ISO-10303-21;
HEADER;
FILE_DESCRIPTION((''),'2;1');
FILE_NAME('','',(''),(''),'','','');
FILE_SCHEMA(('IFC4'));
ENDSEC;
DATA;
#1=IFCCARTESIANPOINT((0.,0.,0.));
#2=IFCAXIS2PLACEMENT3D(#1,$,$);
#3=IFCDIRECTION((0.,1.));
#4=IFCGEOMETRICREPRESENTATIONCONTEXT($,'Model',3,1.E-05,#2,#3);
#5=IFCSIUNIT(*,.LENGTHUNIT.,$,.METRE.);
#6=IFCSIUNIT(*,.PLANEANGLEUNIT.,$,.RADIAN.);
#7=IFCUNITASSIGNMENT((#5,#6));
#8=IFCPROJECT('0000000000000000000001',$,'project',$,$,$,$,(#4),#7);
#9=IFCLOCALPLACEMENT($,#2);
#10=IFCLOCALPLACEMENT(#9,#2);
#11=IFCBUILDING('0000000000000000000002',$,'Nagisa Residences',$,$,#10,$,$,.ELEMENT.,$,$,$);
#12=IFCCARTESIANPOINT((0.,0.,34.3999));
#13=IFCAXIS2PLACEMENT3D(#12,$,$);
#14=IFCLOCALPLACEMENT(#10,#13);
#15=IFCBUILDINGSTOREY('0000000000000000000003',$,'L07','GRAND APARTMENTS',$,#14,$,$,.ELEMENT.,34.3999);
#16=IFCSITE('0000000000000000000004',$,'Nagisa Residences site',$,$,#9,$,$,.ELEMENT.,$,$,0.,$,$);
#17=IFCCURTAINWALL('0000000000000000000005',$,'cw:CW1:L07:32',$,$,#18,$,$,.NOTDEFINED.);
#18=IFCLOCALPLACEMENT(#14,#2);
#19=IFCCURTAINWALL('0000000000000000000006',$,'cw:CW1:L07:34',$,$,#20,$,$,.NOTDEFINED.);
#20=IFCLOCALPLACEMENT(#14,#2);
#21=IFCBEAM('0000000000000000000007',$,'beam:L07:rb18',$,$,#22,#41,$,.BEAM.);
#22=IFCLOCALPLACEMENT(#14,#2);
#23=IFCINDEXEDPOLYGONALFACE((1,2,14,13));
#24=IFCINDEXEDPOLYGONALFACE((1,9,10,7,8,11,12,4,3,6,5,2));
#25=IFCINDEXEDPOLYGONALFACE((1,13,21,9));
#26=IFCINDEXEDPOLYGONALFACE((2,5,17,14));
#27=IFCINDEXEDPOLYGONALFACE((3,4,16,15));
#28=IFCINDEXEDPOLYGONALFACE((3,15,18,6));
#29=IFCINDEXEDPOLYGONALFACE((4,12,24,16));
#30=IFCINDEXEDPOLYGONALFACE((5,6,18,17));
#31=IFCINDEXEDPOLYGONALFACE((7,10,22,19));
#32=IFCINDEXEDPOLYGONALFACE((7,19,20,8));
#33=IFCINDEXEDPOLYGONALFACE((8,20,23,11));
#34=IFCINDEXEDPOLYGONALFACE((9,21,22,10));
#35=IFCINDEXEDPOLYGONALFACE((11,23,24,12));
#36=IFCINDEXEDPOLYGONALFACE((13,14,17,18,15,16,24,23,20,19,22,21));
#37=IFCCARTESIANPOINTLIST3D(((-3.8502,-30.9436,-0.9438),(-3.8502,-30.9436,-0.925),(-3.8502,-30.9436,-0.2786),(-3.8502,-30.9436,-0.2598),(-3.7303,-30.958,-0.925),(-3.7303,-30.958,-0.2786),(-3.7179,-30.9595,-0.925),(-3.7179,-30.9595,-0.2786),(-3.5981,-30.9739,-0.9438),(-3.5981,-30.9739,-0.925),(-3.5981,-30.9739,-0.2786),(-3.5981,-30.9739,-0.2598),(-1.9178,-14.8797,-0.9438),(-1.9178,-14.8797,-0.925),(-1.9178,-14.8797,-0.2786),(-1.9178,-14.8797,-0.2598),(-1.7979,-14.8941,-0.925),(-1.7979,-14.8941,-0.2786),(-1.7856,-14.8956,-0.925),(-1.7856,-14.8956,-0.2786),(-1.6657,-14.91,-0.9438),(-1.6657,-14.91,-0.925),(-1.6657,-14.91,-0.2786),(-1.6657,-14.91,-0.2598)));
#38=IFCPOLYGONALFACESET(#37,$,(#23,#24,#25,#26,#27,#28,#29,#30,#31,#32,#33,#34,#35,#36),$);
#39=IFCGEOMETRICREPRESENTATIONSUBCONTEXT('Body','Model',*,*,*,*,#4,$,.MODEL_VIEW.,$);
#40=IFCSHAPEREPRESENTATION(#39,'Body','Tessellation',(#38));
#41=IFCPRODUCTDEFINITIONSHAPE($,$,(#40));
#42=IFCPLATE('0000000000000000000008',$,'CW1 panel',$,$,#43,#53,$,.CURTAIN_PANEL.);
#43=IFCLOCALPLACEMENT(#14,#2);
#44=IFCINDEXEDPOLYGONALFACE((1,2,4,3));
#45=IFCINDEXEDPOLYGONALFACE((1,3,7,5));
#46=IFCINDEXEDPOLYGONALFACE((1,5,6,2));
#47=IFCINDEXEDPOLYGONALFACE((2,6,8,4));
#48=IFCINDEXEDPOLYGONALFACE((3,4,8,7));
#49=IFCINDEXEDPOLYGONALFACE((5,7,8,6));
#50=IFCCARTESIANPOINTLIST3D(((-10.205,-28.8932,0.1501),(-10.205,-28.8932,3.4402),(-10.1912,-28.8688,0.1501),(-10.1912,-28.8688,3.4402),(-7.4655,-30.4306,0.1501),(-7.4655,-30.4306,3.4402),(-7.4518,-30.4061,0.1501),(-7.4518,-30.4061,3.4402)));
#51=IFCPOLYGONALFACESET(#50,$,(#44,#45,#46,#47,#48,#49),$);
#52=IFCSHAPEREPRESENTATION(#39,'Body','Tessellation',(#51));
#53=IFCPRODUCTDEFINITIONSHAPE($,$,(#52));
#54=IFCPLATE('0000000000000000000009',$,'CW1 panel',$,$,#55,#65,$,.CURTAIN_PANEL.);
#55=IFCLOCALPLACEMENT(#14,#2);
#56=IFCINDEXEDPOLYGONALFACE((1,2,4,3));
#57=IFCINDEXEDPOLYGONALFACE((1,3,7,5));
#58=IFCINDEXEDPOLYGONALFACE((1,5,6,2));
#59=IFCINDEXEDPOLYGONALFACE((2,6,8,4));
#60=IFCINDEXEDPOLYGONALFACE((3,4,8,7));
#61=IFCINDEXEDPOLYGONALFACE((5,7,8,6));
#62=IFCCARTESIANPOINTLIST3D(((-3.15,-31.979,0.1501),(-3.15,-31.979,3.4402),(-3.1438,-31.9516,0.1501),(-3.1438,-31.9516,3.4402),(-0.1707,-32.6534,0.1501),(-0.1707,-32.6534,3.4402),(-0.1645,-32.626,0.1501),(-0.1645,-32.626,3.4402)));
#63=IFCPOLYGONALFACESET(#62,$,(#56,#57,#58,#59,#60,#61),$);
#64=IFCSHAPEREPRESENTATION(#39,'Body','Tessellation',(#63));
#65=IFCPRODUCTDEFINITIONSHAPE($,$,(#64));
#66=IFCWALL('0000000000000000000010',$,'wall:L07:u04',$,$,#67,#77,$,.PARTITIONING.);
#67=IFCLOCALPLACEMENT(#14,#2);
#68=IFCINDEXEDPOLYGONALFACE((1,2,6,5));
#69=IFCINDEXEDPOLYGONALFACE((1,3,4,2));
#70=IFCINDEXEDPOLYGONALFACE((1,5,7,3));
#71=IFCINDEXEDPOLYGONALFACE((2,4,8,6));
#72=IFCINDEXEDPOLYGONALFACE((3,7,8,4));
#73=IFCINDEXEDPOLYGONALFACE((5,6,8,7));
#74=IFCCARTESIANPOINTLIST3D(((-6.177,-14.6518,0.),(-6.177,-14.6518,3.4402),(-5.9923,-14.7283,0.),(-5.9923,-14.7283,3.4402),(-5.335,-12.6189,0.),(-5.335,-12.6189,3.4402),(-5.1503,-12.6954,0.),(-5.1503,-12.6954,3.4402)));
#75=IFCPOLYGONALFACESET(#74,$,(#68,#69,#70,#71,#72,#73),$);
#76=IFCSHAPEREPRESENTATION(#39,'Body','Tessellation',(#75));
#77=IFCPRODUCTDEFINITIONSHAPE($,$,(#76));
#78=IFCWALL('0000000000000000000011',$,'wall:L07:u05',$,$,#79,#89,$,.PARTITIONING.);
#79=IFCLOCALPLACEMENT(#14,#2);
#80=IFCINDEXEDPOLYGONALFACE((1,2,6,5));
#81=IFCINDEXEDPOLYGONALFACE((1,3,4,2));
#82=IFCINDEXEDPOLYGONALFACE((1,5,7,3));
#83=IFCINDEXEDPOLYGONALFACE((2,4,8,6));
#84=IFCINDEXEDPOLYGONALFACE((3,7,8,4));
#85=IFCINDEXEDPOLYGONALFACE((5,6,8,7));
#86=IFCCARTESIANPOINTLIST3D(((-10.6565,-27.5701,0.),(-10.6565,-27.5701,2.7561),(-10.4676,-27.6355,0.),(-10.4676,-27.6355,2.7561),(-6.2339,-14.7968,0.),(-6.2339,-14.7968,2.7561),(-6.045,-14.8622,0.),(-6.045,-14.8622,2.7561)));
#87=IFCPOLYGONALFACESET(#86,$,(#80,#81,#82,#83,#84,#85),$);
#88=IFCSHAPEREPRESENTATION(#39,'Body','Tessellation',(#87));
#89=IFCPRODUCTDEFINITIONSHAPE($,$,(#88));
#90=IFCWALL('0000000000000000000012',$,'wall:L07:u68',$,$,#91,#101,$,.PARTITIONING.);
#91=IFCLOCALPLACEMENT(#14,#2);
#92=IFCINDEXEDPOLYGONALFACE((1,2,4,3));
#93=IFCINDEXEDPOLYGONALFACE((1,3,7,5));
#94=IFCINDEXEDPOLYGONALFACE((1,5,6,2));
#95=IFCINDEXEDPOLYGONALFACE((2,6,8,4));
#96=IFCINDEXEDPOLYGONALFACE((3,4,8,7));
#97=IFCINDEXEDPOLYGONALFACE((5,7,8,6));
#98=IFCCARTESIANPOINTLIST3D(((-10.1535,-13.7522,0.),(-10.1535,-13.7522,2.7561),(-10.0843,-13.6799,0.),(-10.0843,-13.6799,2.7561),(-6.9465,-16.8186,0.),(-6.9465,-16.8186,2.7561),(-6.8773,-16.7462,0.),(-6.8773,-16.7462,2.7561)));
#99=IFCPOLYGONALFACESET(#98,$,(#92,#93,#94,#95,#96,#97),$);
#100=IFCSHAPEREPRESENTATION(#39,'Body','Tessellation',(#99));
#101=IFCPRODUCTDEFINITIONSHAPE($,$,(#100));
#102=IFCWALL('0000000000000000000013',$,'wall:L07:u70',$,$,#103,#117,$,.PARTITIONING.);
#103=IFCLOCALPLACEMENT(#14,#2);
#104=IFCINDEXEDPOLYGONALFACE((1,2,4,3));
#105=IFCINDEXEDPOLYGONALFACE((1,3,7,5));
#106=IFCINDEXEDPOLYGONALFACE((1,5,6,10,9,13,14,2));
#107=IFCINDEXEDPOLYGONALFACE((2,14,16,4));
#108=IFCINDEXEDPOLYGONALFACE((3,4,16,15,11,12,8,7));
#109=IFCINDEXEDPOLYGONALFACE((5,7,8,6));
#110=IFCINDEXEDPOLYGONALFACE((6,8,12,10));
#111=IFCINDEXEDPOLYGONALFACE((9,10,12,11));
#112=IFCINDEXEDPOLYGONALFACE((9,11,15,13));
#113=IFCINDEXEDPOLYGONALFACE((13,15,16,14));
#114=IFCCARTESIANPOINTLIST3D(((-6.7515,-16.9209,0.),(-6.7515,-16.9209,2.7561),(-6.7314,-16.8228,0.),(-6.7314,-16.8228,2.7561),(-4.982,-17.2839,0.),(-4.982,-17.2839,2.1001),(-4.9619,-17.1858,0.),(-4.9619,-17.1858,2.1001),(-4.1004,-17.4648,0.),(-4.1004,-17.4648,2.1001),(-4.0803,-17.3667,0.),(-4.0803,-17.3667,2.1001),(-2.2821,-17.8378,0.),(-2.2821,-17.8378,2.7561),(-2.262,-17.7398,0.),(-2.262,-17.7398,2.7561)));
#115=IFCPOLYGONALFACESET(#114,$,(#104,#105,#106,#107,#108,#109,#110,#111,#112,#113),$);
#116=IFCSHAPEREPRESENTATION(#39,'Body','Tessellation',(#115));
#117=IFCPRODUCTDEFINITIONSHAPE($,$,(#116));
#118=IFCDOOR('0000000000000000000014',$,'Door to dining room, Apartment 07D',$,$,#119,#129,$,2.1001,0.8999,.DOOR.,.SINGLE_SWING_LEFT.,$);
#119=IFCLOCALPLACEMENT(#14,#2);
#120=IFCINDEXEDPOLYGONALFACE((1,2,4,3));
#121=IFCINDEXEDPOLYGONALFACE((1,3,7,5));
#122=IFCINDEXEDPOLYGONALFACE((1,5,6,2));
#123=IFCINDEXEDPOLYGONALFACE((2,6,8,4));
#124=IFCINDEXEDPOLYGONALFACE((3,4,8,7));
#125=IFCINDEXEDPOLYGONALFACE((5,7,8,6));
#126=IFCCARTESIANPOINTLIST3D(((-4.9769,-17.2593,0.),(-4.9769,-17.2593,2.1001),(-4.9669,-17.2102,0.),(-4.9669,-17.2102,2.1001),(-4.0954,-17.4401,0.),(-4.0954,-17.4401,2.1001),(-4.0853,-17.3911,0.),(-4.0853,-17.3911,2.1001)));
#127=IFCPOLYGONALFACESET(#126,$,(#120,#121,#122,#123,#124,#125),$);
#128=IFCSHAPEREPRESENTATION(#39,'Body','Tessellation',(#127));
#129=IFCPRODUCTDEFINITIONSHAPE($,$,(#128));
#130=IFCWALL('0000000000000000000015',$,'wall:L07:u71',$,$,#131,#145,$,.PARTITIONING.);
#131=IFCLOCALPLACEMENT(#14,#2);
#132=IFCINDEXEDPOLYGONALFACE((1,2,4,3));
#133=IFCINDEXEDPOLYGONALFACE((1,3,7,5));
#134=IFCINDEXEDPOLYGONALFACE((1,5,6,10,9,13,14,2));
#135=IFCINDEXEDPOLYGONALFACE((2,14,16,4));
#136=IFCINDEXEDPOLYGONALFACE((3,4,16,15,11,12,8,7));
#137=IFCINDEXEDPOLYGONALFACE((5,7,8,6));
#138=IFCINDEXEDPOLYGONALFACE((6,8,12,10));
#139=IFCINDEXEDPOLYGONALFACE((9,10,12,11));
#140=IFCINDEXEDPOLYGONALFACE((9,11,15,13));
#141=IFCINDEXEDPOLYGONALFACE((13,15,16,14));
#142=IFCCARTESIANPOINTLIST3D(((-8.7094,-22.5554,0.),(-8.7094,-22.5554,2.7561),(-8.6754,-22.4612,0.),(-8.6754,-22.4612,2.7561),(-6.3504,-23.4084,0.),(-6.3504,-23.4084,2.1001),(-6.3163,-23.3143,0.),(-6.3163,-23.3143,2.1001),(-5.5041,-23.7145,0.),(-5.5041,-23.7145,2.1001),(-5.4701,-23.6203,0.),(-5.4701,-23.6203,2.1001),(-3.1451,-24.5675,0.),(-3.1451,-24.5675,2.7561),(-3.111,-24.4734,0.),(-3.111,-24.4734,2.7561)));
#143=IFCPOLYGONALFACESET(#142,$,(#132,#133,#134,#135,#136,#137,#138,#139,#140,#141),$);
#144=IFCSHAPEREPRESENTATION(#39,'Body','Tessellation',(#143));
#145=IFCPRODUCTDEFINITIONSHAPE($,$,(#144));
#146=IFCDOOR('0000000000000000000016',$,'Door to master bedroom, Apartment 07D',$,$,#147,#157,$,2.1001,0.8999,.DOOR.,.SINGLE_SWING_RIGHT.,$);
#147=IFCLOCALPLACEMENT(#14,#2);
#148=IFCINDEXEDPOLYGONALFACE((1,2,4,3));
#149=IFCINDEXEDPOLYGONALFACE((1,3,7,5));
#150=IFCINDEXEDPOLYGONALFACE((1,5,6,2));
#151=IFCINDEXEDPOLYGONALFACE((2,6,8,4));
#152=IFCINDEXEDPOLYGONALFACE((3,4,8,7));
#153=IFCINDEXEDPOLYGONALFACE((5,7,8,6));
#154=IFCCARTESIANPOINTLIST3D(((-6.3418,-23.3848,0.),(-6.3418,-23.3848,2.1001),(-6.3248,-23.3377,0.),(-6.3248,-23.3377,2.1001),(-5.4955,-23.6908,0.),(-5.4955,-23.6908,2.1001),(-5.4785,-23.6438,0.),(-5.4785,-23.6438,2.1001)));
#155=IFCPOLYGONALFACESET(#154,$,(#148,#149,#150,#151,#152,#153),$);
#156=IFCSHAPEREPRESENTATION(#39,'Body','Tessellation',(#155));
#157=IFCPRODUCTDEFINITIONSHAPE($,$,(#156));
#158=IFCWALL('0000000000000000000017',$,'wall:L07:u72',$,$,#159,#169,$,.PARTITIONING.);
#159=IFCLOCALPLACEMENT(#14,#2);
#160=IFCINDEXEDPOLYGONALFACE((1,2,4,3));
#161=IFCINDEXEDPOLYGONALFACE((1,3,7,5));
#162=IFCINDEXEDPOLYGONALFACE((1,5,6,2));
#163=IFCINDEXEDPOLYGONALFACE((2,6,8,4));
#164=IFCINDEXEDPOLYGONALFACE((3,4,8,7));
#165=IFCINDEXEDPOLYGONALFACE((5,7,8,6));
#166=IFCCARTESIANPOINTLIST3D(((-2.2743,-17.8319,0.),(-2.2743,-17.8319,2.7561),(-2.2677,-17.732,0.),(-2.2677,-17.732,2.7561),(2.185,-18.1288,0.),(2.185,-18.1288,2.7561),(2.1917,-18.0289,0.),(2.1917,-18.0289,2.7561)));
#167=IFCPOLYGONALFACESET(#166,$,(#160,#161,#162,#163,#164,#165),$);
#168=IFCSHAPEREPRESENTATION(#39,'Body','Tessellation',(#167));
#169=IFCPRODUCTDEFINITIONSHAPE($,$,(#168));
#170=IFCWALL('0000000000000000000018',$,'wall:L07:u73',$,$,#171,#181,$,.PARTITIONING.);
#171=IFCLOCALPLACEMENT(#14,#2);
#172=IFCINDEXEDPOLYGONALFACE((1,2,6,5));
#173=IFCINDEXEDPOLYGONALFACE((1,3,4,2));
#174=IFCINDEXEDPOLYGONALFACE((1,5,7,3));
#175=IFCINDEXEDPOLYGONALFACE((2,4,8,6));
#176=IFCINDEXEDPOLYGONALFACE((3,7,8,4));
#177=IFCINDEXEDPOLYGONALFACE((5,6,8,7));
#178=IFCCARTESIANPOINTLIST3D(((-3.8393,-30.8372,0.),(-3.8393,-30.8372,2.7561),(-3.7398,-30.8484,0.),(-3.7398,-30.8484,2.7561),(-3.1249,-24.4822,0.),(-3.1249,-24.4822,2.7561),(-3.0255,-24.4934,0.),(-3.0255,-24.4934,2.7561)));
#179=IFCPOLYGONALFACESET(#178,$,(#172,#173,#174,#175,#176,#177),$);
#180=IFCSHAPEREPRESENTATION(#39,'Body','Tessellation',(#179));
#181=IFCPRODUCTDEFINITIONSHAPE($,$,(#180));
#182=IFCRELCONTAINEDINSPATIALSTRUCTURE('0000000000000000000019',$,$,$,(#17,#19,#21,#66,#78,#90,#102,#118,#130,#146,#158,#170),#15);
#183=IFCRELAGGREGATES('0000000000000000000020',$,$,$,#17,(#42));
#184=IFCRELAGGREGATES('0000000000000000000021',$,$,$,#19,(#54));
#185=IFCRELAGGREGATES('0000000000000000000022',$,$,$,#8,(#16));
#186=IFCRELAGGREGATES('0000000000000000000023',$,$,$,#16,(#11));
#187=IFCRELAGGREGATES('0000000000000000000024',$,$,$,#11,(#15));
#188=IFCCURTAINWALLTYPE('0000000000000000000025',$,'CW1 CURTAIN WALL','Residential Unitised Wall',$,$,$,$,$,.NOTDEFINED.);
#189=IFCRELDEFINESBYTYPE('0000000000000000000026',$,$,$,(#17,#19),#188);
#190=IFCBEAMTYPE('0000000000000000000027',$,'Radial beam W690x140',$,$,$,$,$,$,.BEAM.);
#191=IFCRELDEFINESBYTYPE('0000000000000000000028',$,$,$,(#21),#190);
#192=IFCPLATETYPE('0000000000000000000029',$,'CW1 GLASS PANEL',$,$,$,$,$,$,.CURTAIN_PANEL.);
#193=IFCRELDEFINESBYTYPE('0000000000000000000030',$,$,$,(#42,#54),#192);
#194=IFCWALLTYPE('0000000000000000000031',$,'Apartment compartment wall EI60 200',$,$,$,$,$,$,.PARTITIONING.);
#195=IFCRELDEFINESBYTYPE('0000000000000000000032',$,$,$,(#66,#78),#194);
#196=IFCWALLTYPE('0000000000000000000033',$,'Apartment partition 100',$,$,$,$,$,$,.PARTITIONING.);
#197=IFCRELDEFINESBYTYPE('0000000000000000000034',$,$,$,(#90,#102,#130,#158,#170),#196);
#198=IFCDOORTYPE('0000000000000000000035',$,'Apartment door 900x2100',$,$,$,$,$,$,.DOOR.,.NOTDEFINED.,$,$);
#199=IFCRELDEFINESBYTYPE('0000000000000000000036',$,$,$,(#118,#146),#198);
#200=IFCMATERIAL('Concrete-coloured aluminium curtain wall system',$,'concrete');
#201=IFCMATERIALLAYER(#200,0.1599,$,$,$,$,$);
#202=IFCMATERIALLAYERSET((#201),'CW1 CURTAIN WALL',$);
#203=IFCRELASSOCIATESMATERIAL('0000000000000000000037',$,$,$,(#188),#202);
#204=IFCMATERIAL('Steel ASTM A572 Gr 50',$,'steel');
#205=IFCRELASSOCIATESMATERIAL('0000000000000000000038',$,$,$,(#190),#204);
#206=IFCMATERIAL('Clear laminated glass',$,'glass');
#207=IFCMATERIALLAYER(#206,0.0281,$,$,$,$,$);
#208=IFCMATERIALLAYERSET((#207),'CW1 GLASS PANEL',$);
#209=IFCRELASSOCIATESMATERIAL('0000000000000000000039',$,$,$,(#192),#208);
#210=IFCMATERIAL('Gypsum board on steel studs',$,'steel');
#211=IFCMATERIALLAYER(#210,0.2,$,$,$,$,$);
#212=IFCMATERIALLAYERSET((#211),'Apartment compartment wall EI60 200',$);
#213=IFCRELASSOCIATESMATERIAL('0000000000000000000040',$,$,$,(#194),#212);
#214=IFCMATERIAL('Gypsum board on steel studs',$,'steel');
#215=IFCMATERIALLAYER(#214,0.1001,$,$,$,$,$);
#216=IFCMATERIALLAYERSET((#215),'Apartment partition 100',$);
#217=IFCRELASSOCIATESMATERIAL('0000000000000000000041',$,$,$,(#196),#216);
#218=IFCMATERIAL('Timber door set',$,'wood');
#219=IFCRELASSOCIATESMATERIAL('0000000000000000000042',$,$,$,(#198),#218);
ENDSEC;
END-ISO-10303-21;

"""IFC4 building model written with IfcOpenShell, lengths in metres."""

from ifc_helpers import new_model, si_unit, direction, frame, frame_2d, origin, origin_2d, place, context, subcontext, project, spatial, rectangle, i_section, extrude, material, layer, layer_set, material_profile, profile_set, type_object, element, fill, aggregate, save


model = new_model("IFC4")

# Units and contexts
model_context = context("Model", 3, precision=1e-05, world=origin(), true_north=direction((0.0, 1.0)))
body_context = subcontext(model_context, "Body", "Model", "MODEL_VIEW")
ifc_project = project(units=[si_unit("LENGTHUNIT", "METRE"), si_unit("PLANEANGLEUNIT", "RADIAN")], contexts=[model_context])

# Site, building, storey
site_placement = place(None, origin())
site = spatial("IfcSite", under=ifc_project, at=site_placement, Name="Nagisa Residences site", CompositionType="ELEMENT", RefElevation=0.0)
building_placement = place(site_placement, origin())
building = spatial("IfcBuilding", under=site, at=building_placement, Name="Nagisa Residences", CompositionType="ELEMENT")
storey_placement = place(building_placement, frame((0.0, 0.0, 34.3999)))
storey = spatial("IfcBuildingStorey", under=building, at=storey_placement, Name="L07", Description="GRAND APARTMENTS", CompositionType="ELEMENT", Elevation=34.3999)

# Curtain walls
ifc_material_1 = material(Name="Concrete-coloured aluminium curtain wall system", Category="concrete")
ifc_layer_1 = layer(ifc_material_1, 0.1599)
ifc_layer_set_1 = layer_set([ifc_layer_1], Name="CW1 CURTAIN WALL")
curtain_wall_type = type_object("IfcCurtainWallType", Name="CW1 CURTAIN WALL", Description="Residential Unitised Wall", PredefinedType="NOTDEFINED", material=ifc_layer_set_1)
curtain_wall_1_placement = place(storey_placement, origin())
curtain_wall_1 = element("IfcCurtainWall", 1, at=curtain_wall_1_placement, inside=storey, type_object=curtain_wall_type, Name="cw:CW1:L07:32", PredefinedType="NOTDEFINED")
curtain_wall_2_placement = place(storey_placement, origin())
curtain_wall_2 = element("IfcCurtainWall", 2, at=curtain_wall_2_placement, inside=storey, type_object=curtain_wall_type, Name="cw:CW1:L07:34", PredefinedType="NOTDEFINED")

# Beam
ifc_material_2 = material(Name="Steel ASTM A572 Gr 50", Category="steel")
ifc_material_profile_1 = material_profile(ifc_material_2, i_section(OverallWidth=0.2539, OverallDepth=0.6841, WebThickness=0.0125, FlangeThickness=0.0188, at=origin_2d()), Name="W690x140")
ifc_profile_set_1 = profile_set([ifc_material_profile_1], Name="Steel ASTM A572 Gr 50")
beam_type_1 = type_object("IfcBeamType", Name="Radial beam W690x140", PredefinedType="BEAM", material=ifc_profile_set_1)
beam_1_placement = place(storey_placement, frame((-3.7241, -30.9587, -0.6018), z_axis=(0.119431, 0.992842, 0.0), x_axis=(-0.992842, 0.119431, 0.0)))
element("IfcBeam", 3, at=beam_1_placement, inside=storey, type_object=beam_type_1, Name="beam:L07:rb18", PredefinedType="BEAM", context=body_context, shape_type="SweptSolid", body=[
    extrude(i_section(OverallWidth=0.2539, OverallDepth=0.6841, WebThickness=0.0125, FlangeThickness=0.0188, at=origin_2d()), origin(), (0.0, 0.0, 1.0), 16.1797),
])

# Plates
ifc_material_3 = material(Name="Clear laminated glass", Category="glass")
ifc_layer_2 = layer(ifc_material_3, 0.0281)
ifc_layer_set_2 = layer_set([ifc_layer_2], Name="CW1 GLASS PANEL")
plate_type = type_object("IfcPlateType", Name="CW1 GLASS PANEL", PredefinedType="CURTAIN_PANEL", material=ifc_layer_set_2)
plate_1_placement = place(storey_placement, frame((-8.8284, -29.6497, 0.1501), z_axis=(0.0, 0.0, 1.0), x_axis=(0.872072, -0.489377, 0.0)))
plate_1 = element("IfcPlate", 4, at=plate_1_placement, type_object=plate_type, Name="CW1 panel", PredefinedType="CURTAIN_PANEL", context=body_context, shape_type="SweptSolid", body=[
    extrude(rectangle(XDim=3.1414, YDim=0.0281, at=origin_2d()), origin(), (0.0, 0.0, 1.0), 3.29),
])
aggregate(curtain_wall_1, [plate_1])
plate_2_placement = place(storey_placement, frame((-1.6572, -32.3025, 0.1501), z_axis=(0.0, 0.0, 1.0), x_axis=(0.975327, -0.220764, 0.0)))
plate_2 = element("IfcPlate", 5, at=plate_2_placement, type_object=plate_type, Name="CW1 panel", PredefinedType="CURTAIN_PANEL", context=body_context, shape_type="SweptSolid", body=[
    extrude(rectangle(XDim=3.0547, YDim=0.0281, at=origin_2d()), origin(), (0.0, 0.0, 1.0), 3.29),
])
aggregate(curtain_wall_2, [plate_2])

# Walls
ifc_material_4 = material(Name="Gypsum board on steel studs", Category="steel")
ifc_layer_3 = layer(ifc_material_4, 0.2)
ifc_layer_set_3 = layer_set([ifc_layer_3], Name="Apartment compartment wall EI60 200")
wall_type_1 = type_object("IfcWallType", Name="Apartment compartment wall EI60 200", PredefinedType="PARTITIONING", material=ifc_layer_set_3)
wall_1_placement = place(storey_placement, frame((-5.2427, -12.6572, 0.0), z_axis=(0.0, 0.0, 1.0), x_axis=(-0.382669, -0.923886, 0.0)))
element("IfcWall", 6, at=wall_1_placement, inside=storey, type_object=wall_type_1, Name="wall:L07:u04", PredefinedType="PARTITIONING", context=body_context, shape_type="SweptSolid", body=[
    extrude(rectangle(XDim=2.2004, YDim=0.2, at=frame_2d((1.1001, 0.0))), origin(), (0.0, 0.0, 1.0), 3.4402),
])
wall_2_placement = place(storey_placement, frame((-6.1394, -14.8293, 0.0), z_axis=(0.0, 0.0, 1.0), x_axis=(-0.327179, -0.944962, 0.0)))
element("IfcWall", 7, at=wall_2_placement, inside=storey, type_object=wall_type_1, Name="wall:L07:u05", PredefinedType="PARTITIONING", context=body_context, shape_type="SweptSolid", body=[
    extrude(rectangle(XDim=13.5173, YDim=0.2, at=frame_2d((6.7588, 0.0))), origin(), (0.0, 0.0, 1.0), 2.7561),
])
ifc_material_5 = material(Name="Gypsum board on steel studs", Category="steel")
ifc_layer_4 = layer(ifc_material_5, 0.1001)
ifc_layer_set_4 = layer_set([ifc_layer_4], Name="Apartment partition 100")
wall_type_2 = type_object("IfcWallType", Name="Apartment partition 100", PredefinedType="PARTITIONING", material=ifc_layer_set_4)
wall_3_placement = place(storey_placement, frame((-10.1189, -13.7161, 0.0), z_axis=(0.0, 0.0, 1.0), x_axis=(0.722776, -0.691083, 0.0)))
element("IfcWall", 8, at=wall_3_placement, inside=storey, type_object=wall_type_2, Name="wall:L07:u68", PredefinedType="PARTITIONING", context=body_context, shape_type="SweptSolid", body=[
    extrude(rectangle(XDim=4.437, YDim=0.1001, at=frame_2d((2.2185, 0.0))), origin(), (0.0, 0.0, 1.0), 2.7561),
])

# Walls, openings, doors
wall_4_placement = place(storey_placement, frame((-6.7415, -16.8718, 0.0), z_axis=(0.0, 0.0, 1.0), x_axis=(0.979595, -0.200981, 0.0)))
wall_4 = element("IfcWall", 9, at=wall_4_placement, inside=storey, type_object=wall_type_2, Name="wall:L07:u70", PredefinedType="PARTITIONING", context=body_context, shape_type="SweptSolid", body=[
    extrude(rectangle(XDim=4.5625, YDim=0.1001, at=frame_2d((2.2812, 0.0))), origin(), (0.0, 0.0, 1.0), 2.7561),
])
opening_1_placement = place(wall_4_placement, frame((1.8064, 0.0, 0.0)))
opening_1 = element("IfcOpeningElement", 10, at=opening_1_placement, cuts=wall_4, PredefinedType="OPENING", context=body_context, shape_type="SweptSolid", body=[
    extrude(rectangle(XDim=0.8999, YDim=2.1001, at=frame_2d((0.45, 1.05))), frame((0.0, 0.0601, 0.0), z_axis=(0.0, -1.0, 0.0), x_axis=(1.0, 0.0, 0.0)), (0.0, 0.0, 1.0), 0.1201),
])
ifc_material_6 = material(Name="Timber door set", Category="wood")
door_type_1 = type_object("IfcDoorType", Name="Apartment door 900x2100", OperationType="NOTDEFINED", PredefinedType="DOOR", material=ifc_material_6)
door_1_placement = place(opening_1_placement, frame((0.8999, 0.0, 0.0), x_axis=(-1.0, 0.0, 0.0)))
door_1 = element("IfcDoor", 11, at=door_1_placement, inside=storey, type_object=door_type_1, Name="Door to dining room, Apartment 07D", OperationType="SINGLE_SWING_LEFT", OverallHeight=2.1001, OverallWidth=0.8999, PredefinedType="DOOR", context=body_context, shape_type="SweptSolid", body=[
    extrude(rectangle(XDim=0.8999, YDim=2.1001, at=frame_2d((0.45, 1.05))), frame((0.0, 0.0249, 0.0), z_axis=(0.0, -1.0, 0.0), x_axis=(1.0, 0.0, 0.0)), (0.0, 0.0, 1.0), 0.05),
])
fill(opening_1, door_1)
wall_5_placement = place(storey_placement, frame((-8.6924, -22.5083, 0.0), z_axis=(0.0, 0.0, 1.0), x_axis=(0.940401, -0.340066, 0.0)))
wall_5 = element("IfcWall", 12, at=wall_5_placement, inside=storey, type_object=wall_type_2, Name="wall:L07:u71", PredefinedType="PARTITIONING", context=body_context, shape_type="SweptSolid", body=[
    extrude(rectangle(XDim=5.917, YDim=0.1001, at=frame_2d((2.9585, 0.0))), origin(), (0.0, 0.0, 1.0), 2.7561),
])
opening_2_placement = place(wall_5_placement, frame((2.5085, 0.0, 0.0)))
opening_2 = element("IfcOpeningElement", 13, at=opening_2_placement, cuts=wall_5, PredefinedType="OPENING", context=body_context, shape_type="SweptSolid", body=[
    extrude(rectangle(XDim=0.8999, YDim=2.1001, at=frame_2d((0.45, 1.05))), frame((0.0, 0.0601, 0.0), z_axis=(0.0, -1.0, 0.0), x_axis=(1.0, 0.0, 0.0)), (0.0, 0.0, 1.0), 0.1201),
])
door_2_placement = place(opening_2_placement, frame((0.8999, 0.0, 0.0), x_axis=(-1.0, 0.0, 0.0)))
door_2 = element("IfcDoor", 14, at=door_2_placement, inside=storey, type_object=door_type_1, Name="Door to master bedroom, Apartment 07D", OperationType="SINGLE_SWING_RIGHT", OverallHeight=2.1001, OverallWidth=0.8999, PredefinedType="DOOR", context=body_context, shape_type="SweptSolid", body=[
    extrude(rectangle(XDim=0.8999, YDim=2.1001, at=frame_2d((0.45, 1.05))), frame((0.0, 0.0249, 0.0), z_axis=(0.0, -1.0, 0.0), x_axis=(1.0, 0.0, 0.0)), (0.0, 0.0, 1.0), 0.05),
])
fill(opening_2, door_2)

# Walls
wall_6_placement = place(storey_placement, frame((-2.271, -17.782, 0.0), z_axis=(0.0, 0.0, 1.0), x_axis=(0.997791, -0.066425, 0.0)))
element("IfcWall", 15, at=wall_6_placement, inside=storey, type_object=wall_type_2, Name="wall:L07:u72", PredefinedType="PARTITIONING", context=body_context, shape_type="SweptSolid", body=[
    extrude(rectangle(XDim=4.4692, YDim=0.1001, at=frame_2d((2.2346, 0.0))), origin(), (0.0, 0.0, 1.0), 2.7561),
])
wall_7_placement = place(storey_placement, frame((-3.0752, -24.4878, 0.0), z_axis=(0.0, 0.0, 1.0), x_axis=(-0.111705, -0.993741, 0.0)))
element("IfcWall", 16, at=wall_7_placement, inside=storey, type_object=wall_type_2, Name="wall:L07:u73", PredefinedType="PARTITIONING", context=body_context, shape_type="SweptSolid", body=[
    extrude(rectangle(XDim=6.395, YDim=0.1001, at=frame_2d((3.1975, 0.0))), origin(), (0.0, 0.0, 1.0), 2.7561),
])

save(model, "model.ifc")
